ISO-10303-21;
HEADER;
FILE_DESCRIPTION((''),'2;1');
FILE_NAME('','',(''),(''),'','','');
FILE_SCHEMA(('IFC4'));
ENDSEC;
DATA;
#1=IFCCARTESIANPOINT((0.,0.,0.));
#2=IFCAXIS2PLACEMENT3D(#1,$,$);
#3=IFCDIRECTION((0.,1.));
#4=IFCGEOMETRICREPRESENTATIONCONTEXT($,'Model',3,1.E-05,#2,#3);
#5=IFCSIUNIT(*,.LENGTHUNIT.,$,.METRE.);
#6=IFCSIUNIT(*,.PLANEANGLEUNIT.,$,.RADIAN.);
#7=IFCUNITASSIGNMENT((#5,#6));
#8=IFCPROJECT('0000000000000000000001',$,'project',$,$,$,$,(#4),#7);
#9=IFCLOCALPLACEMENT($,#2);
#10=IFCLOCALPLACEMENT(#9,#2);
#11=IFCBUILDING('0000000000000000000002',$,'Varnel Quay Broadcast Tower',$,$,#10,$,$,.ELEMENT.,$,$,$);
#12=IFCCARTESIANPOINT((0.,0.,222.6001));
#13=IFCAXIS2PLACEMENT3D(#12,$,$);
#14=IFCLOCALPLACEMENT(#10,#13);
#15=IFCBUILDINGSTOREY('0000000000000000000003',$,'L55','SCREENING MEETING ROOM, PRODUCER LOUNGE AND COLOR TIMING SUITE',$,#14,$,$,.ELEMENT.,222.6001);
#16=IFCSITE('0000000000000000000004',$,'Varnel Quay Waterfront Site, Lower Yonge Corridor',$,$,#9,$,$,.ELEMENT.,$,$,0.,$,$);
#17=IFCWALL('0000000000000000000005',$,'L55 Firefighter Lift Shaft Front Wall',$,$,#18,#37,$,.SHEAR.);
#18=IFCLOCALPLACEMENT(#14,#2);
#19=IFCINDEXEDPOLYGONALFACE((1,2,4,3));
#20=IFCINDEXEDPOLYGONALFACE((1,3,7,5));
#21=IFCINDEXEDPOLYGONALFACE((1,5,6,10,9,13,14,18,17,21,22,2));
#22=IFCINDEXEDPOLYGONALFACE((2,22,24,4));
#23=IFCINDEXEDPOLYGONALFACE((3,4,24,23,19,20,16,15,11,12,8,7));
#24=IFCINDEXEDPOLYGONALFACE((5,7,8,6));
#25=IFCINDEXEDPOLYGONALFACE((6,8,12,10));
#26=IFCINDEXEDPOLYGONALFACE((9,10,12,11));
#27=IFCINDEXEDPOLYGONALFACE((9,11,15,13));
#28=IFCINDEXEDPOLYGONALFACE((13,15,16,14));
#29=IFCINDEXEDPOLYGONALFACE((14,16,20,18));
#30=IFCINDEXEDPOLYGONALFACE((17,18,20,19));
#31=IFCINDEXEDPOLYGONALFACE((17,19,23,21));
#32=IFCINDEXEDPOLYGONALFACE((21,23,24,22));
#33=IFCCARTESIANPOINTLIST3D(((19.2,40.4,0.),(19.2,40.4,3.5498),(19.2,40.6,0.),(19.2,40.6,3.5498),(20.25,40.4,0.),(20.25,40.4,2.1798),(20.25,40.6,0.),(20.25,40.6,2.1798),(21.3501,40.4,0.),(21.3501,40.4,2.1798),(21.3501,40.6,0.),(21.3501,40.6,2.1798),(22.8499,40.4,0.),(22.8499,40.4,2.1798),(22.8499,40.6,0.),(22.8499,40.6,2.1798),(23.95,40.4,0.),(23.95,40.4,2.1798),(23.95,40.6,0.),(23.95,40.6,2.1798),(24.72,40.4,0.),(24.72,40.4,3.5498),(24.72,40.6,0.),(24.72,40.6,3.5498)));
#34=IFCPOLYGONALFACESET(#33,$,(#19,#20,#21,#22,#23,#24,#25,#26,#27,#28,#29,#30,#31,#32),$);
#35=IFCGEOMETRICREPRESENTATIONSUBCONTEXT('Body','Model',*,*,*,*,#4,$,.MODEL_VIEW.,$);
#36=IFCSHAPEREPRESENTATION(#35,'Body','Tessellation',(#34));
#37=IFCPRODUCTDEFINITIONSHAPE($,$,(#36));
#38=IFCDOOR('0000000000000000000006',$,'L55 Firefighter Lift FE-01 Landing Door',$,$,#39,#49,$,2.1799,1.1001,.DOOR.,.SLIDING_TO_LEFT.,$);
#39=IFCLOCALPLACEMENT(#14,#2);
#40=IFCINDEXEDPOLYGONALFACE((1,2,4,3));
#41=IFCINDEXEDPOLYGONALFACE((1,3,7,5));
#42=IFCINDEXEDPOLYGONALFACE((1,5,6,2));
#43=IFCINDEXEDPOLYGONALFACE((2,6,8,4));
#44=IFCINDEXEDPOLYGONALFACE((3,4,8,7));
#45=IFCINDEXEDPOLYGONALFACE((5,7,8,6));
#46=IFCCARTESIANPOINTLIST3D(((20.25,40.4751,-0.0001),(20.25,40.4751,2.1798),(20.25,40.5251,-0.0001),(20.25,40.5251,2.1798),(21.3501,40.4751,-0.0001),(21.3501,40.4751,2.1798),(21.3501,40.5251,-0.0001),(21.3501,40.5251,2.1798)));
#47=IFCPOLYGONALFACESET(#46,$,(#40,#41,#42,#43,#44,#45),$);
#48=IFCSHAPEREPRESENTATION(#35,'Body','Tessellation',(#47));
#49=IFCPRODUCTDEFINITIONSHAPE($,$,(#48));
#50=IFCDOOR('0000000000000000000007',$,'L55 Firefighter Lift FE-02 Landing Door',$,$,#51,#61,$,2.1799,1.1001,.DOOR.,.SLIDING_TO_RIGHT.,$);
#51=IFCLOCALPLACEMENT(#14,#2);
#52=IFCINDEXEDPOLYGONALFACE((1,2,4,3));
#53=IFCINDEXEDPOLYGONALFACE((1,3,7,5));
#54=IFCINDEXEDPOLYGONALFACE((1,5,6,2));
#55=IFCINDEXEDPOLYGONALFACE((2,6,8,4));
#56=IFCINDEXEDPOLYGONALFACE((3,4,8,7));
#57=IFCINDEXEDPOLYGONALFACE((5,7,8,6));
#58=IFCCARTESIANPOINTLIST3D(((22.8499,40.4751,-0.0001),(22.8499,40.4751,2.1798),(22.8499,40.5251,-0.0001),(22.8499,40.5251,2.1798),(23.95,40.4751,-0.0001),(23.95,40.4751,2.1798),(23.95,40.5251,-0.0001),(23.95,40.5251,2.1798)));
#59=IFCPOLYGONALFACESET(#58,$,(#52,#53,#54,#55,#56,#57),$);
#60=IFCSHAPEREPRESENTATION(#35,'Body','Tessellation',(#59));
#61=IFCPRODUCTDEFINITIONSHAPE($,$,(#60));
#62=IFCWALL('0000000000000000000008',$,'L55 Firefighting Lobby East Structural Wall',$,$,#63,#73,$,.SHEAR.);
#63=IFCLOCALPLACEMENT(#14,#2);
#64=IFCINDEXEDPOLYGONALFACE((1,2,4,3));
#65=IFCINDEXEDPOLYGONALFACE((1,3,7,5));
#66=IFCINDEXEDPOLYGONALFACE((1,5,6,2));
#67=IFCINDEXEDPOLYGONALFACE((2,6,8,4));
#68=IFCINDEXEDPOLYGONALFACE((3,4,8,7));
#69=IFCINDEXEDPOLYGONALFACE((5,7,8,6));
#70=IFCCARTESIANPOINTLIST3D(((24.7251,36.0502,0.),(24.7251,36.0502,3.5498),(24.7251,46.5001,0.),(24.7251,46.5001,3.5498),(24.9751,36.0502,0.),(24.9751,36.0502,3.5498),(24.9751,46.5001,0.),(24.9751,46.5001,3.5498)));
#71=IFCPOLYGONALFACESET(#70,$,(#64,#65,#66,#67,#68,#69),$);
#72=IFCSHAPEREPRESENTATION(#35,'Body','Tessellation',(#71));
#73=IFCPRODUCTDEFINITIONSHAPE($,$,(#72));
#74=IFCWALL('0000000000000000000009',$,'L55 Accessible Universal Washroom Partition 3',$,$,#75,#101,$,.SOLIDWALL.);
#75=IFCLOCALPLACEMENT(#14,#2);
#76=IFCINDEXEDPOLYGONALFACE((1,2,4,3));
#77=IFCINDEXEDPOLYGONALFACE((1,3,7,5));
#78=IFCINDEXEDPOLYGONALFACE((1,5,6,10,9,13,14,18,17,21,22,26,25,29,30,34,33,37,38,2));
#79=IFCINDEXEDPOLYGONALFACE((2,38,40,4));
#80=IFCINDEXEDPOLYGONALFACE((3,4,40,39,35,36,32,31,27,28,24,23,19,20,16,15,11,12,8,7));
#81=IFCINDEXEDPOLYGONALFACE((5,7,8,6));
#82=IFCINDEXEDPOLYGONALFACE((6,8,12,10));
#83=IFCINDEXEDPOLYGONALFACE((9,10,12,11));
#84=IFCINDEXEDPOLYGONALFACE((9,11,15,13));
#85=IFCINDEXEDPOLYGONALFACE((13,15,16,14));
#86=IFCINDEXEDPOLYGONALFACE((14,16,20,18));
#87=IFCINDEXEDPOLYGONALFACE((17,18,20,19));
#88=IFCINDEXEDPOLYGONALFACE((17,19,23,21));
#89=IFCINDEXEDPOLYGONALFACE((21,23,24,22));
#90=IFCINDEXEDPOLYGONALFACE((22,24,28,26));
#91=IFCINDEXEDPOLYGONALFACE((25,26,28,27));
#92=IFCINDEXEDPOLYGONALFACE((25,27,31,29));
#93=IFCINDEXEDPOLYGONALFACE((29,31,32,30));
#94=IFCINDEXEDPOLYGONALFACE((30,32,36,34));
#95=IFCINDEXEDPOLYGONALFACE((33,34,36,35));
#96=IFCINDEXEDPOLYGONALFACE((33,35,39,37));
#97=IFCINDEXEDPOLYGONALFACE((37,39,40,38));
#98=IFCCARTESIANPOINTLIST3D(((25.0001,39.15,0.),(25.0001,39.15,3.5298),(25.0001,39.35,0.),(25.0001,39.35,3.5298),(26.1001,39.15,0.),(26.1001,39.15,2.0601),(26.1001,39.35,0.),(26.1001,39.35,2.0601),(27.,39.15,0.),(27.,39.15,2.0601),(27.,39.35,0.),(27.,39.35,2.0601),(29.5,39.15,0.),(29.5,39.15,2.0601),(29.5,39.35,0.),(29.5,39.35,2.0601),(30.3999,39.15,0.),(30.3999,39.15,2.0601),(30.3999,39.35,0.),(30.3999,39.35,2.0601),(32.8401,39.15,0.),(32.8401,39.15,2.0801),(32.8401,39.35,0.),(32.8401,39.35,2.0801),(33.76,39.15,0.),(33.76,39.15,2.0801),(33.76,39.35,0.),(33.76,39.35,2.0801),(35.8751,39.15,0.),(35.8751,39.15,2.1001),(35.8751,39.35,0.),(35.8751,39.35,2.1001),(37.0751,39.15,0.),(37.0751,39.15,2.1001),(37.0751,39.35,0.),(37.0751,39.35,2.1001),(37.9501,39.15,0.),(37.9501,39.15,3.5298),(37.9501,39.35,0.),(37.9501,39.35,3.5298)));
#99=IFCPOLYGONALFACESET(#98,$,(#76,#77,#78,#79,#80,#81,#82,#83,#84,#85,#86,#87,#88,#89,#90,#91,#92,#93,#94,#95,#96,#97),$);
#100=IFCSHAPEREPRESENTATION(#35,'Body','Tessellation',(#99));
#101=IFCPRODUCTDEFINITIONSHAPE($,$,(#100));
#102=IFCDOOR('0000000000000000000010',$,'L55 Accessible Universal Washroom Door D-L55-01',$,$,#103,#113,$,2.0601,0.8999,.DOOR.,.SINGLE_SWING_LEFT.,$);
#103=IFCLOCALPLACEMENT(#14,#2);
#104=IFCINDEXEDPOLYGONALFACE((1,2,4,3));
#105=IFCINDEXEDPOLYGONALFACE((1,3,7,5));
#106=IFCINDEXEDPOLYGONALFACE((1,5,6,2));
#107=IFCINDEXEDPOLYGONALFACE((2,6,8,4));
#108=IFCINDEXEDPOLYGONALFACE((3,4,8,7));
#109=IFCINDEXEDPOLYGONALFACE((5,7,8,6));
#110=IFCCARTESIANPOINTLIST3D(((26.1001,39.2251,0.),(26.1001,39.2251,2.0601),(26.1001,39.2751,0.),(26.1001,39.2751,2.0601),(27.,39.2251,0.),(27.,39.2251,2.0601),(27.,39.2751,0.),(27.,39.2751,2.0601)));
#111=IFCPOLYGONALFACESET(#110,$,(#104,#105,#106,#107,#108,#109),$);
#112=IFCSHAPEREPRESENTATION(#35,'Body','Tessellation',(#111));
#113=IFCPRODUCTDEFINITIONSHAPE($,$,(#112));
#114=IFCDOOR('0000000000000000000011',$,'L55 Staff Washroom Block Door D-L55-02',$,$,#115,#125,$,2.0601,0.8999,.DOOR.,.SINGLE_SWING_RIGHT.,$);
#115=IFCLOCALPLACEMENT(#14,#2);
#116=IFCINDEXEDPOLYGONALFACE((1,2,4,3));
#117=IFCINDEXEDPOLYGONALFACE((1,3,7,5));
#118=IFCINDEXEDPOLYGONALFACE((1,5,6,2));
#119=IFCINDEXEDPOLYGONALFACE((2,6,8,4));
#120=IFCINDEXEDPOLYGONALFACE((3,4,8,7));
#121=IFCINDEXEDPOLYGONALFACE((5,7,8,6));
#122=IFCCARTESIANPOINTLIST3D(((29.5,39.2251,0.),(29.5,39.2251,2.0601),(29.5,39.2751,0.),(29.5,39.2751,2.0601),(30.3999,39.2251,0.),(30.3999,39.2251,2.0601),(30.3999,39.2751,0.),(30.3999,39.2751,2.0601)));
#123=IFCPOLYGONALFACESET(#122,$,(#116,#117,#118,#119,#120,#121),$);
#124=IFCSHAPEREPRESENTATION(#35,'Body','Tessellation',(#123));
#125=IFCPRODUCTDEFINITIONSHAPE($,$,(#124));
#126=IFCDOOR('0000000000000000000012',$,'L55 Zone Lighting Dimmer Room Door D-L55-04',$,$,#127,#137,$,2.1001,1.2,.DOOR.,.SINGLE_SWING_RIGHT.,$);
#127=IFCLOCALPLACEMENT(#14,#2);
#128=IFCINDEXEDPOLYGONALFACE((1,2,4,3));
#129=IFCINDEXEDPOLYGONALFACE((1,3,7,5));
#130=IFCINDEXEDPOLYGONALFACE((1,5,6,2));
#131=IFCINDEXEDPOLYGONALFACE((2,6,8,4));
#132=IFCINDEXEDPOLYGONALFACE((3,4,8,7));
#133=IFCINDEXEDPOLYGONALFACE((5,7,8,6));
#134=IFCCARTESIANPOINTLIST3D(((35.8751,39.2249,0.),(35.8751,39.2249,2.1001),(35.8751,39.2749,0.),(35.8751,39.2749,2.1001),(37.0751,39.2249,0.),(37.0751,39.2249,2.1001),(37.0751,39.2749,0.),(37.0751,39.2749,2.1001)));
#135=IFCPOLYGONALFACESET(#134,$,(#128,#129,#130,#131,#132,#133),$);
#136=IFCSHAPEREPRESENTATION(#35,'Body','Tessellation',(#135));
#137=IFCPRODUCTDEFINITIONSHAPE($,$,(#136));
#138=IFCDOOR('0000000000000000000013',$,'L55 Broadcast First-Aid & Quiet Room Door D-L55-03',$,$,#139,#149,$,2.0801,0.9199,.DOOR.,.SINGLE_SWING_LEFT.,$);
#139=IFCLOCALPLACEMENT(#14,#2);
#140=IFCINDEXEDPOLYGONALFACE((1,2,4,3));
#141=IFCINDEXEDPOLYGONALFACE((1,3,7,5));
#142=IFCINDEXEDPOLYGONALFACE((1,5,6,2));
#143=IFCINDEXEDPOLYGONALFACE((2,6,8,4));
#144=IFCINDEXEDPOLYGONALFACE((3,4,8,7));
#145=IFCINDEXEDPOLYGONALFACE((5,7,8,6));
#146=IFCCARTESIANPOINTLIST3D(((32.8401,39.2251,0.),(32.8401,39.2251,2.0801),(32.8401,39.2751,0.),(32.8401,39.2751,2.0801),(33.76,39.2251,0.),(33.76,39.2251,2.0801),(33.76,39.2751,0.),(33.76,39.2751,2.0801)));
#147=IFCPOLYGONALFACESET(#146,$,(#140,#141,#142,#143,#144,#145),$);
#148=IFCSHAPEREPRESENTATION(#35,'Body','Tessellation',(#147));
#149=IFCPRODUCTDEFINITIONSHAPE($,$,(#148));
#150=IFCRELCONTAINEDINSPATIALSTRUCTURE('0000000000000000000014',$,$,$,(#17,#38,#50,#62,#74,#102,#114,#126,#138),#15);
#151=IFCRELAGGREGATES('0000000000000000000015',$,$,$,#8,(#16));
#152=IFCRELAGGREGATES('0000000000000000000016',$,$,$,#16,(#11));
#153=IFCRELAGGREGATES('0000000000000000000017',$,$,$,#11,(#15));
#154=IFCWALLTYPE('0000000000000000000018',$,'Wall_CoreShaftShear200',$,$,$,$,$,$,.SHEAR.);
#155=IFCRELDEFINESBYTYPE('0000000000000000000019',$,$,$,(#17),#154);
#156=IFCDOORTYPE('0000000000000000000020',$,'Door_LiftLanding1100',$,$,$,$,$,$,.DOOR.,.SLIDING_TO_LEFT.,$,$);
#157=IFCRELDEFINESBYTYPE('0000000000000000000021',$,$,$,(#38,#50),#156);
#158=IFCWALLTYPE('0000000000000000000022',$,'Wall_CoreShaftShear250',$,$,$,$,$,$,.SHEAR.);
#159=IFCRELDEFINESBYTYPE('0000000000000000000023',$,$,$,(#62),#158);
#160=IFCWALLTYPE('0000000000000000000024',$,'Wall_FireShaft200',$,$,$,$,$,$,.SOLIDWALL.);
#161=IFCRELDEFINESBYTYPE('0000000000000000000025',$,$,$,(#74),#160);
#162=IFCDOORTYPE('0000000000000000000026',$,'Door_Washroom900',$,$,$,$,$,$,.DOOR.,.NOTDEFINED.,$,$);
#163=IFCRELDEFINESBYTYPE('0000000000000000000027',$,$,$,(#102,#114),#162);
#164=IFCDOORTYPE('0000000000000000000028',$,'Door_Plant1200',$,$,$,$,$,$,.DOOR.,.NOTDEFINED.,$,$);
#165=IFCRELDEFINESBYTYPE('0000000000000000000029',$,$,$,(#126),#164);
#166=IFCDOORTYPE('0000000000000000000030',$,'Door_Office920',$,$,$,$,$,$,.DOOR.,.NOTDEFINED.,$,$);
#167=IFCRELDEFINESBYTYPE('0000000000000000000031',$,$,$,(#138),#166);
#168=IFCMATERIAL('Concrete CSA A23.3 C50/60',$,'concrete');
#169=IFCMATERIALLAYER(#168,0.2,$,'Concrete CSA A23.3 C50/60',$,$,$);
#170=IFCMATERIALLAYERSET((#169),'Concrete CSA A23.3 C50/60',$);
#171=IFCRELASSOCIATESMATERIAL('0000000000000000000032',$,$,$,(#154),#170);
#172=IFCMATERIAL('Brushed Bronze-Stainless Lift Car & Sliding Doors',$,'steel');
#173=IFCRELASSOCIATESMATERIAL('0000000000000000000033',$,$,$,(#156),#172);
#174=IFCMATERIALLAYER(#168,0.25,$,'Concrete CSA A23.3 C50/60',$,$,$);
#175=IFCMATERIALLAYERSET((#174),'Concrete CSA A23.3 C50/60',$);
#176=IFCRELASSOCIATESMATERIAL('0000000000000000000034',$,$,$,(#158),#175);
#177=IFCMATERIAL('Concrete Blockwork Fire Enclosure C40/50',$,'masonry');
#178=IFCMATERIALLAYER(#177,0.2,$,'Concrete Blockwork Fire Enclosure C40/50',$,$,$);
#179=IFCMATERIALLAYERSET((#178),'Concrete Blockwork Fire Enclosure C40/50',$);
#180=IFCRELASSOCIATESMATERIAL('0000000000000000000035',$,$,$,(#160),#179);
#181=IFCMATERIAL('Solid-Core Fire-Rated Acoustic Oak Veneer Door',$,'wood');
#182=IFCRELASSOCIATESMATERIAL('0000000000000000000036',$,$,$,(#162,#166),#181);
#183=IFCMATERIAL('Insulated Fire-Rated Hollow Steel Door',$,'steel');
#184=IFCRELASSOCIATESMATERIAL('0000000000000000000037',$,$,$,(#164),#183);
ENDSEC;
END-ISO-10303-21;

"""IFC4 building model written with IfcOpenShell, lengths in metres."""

from ifc_helpers import new_model, si_unit, direction, frame, frame_2d, origin, place, context, subcontext, project, spatial, rectangle, extrude, source, transform, mapped, material, layer, layer_set, type_object, type_shapes, element, fill, save


model = new_model("IFC4")

# Units and contexts
model_context = context("Model", 3, precision=1e-05, world=origin(), true_north=direction((0.0, 1.0)))
body_context = subcontext(model_context, "Body", "Model", "MODEL_VIEW")
ifc_project = project(units=[si_unit("LENGTHUNIT", "METRE"), si_unit("PLANEANGLEUNIT", "RADIAN")], contexts=[model_context])

# Site, building, storey
site_placement = place(None, origin())
site = spatial("IfcSite", under=ifc_project, at=site_placement, Name="Varnel Quay Waterfront Site, Lower Yonge Corridor", CompositionType="ELEMENT", RefElevation=0.0)
building_placement = place(site_placement, origin())
building = spatial("IfcBuilding", under=site, at=building_placement, Name="Varnel Quay Broadcast Tower", CompositionType="ELEMENT")
storey_placement = place(building_placement, frame((0.0, 0.0, 222.6001)))
storey = spatial("IfcBuildingStorey", under=building, at=storey_placement, Name="L55", Description="SCREENING MEETING ROOM, PRODUCER LOUNGE AND COLOR TIMING SUITE", CompositionType="ELEMENT", Elevation=222.6001)

# Wall, openings, doors
ifc_material_1 = material(Name="Concrete CSA A23.3 C50/60", Category="concrete")
ifc_layer_1 = layer(ifc_material_1, 0.2, Name="Concrete CSA A23.3 C50/60")
ifc_layer_set_1 = layer_set([ifc_layer_1], Name="Concrete CSA A23.3 C50/60")
wall_type_1 = type_object("IfcWallType", Name="Wall_CoreShaftShear200", PredefinedType="SHEAR", material=ifc_layer_set_1)
wall_1_placement = place(storey_placement, frame((19.2, 40.5, 0.0), z_axis=(0.0, 0.0, 1.0), x_axis=(1.0, 0.0, 0.0)))
wall_1 = element("IfcWall", 1, at=wall_1_placement, inside=storey, type_object=wall_type_1, Name="L55 Firefighter Lift Shaft Front Wall", PredefinedType="SHEAR", context=body_context, shape_type="SweptSolid", body=[
    extrude(rectangle(XDim=5.52, YDim=0.2, at=frame_2d((2.76, 0.0))), origin(), (0.0, 0.0, 1.0), 3.5498),
])
opening_1_placement = place(wall_1_placement, frame((1.05, 0.0, 0.0)))
opening_1 = element("IfcOpeningElement", 2, at=opening_1_placement, cuts=wall_1, PredefinedType="OPENING", context=body_context, shape_type="SweptSolid", body=[
    extrude(rectangle(XDim=1.1001, YDim=2.1799, at=frame_2d((0.55, 1.0898))), frame((0.0, 0.1099, 0.0), z_axis=(0.0, -1.0, 0.0), x_axis=(1.0, 0.0, 0.0)), (0.0, 0.0, 1.0), 0.22),
])
opening_2_placement = place(wall_1_placement, frame((3.6499, 0.0, 0.0)))
opening_2 = element("IfcOpeningElement", 3, at=opening_2_placement, cuts=wall_1, PredefinedType="OPENING", context=body_context, shape_type="SweptSolid", body=[
    extrude(rectangle(XDim=1.1001, YDim=2.1799, at=frame_2d((0.55, 1.0898))), frame((0.0, 0.1099, 0.0), z_axis=(0.0, -1.0, 0.0), x_axis=(1.0, 0.0, 0.0)), (0.0, 0.0, 1.0), 0.22),
])
ifc_material_2 = material(Name="Brushed Bronze-Stainless Lift Car & Sliding Doors", Category="steel")
door_type_1 = type_object("IfcDoorType", Name="Door_LiftLanding1100", OperationType="SLIDING_TO_LEFT", PredefinedType="DOOR", material=ifc_material_2)
shared_shape_1 = source(origin(), body_context, "Body", "SweptSolid", [
    extrude(rectangle(XDim=1.1001, YDim=2.1799, at=frame_2d((0.55, 1.0898))), frame((0.0, 0.0249, 0.0), z_axis=(0.0, -1.0, 0.0), x_axis=(1.0, 0.0, 0.0)), (0.0, 0.0, 1.0), 0.05),
])
type_shapes(door_type_1, [shared_shape_1])
door_1_placement = place(opening_1_placement, frame((1.1001, 0.0, 0.0), z_axis=(0.0, 0.0, 1.0), x_axis=(-1.0, 0.0, 0.0)))
door_1 = element("IfcDoor", 4, at=door_1_placement, inside=storey, type_object=door_type_1, Name="L55 Firefighter Lift FE-01 Landing Door", OperationType="SLIDING_TO_LEFT", OverallHeight=2.1799, OverallWidth=1.1001, PredefinedType="DOOR", context=body_context, shape_type="MappedRepresentation", body=[
    mapped(shared_shape_1, transform((0.0, 0.0, 0.0), x_axis=(1.0, 0.0, 0.0), y_axis=(0.0, 1.0, 0.0), z_axis=(0.0, 0.0, 1.0), scale=1.0)),
])
fill(opening_1, door_1)
door_2_placement = place(opening_2_placement, frame((1.1001, 0.0, 0.0), z_axis=(0.0, 0.0, 1.0), x_axis=(-1.0, 0.0, 0.0)))
door_2 = element("IfcDoor", 5, at=door_2_placement, inside=storey, type_object=door_type_1, Name="L55 Firefighter Lift FE-02 Landing Door", OperationType="SLIDING_TO_RIGHT", OverallHeight=2.1799, OverallWidth=1.1001, PredefinedType="DOOR", context=body_context, shape_type="MappedRepresentation", body=[
    mapped(shared_shape_1, transform((0.0, 0.0, 0.0), x_axis=(1.0, 0.0, 0.0), y_axis=(0.0, 1.0, 0.0), z_axis=(0.0, 0.0, 1.0), scale=1.0)),
])
fill(opening_2, door_2)

# Wall
ifc_layer_2 = layer(ifc_material_1, 0.25, Name="Concrete CSA A23.3 C50/60")
ifc_layer_set_2 = layer_set([ifc_layer_2], Name="Concrete CSA A23.3 C50/60")
wall_type_2 = type_object("IfcWallType", Name="Wall_CoreShaftShear250", PredefinedType="SHEAR", material=ifc_layer_set_2)
wall_2_placement = place(storey_placement, frame((24.8501, 36.05, 0.0), z_axis=(0.0, 0.0, 1.0), x_axis=(0.0, 1.0, 0.0)))
element("IfcWall", 6, at=wall_2_placement, inside=storey, type_object=wall_type_2, Name="L55 Firefighting Lobby East Structural Wall", PredefinedType="SHEAR", context=body_context, shape_type="SweptSolid", body=[
    extrude(rectangle(XDim=10.45, YDim=0.25, at=frame_2d((5.2251, 0.0))), origin(), (0.0, 0.0, 1.0), 3.5498),
])

# Wall, openings, doors
ifc_material_3 = material(Name="Concrete Blockwork Fire Enclosure C40/50", Category="masonry")
ifc_layer_3 = layer(ifc_material_3, 0.2, Name="Concrete Blockwork Fire Enclosure C40/50")
ifc_layer_set_3 = layer_set([ifc_layer_3], Name="Concrete Blockwork Fire Enclosure C40/50")
wall_type_3 = type_object("IfcWallType", Name="Wall_FireShaft200", PredefinedType="SOLIDWALL", material=ifc_layer_set_3)
wall_3_placement = place(storey_placement, frame((25.0, 39.25, 0.0), z_axis=(0.0, 0.0, 1.0), x_axis=(1.0, 0.0, 0.0)))
wall_3 = element("IfcWall", 7, at=wall_3_placement, inside=storey, type_object=wall_type_3, Name="L55 Accessible Universal Washroom Partition 3", PredefinedType="SOLIDWALL", context=body_context, shape_type="SweptSolid", body=[
    extrude(rectangle(XDim=12.95, YDim=0.2, at=frame_2d((6.4751, 0.0))), origin(), (0.0, 0.0, 1.0), 3.5298),
])
opening_3_placement = place(wall_3_placement, frame((1.1001, 0.0, 0.0)))
opening_3 = element("IfcOpeningElement", 8, at=opening_3_placement, cuts=wall_3, PredefinedType="OPENING", context=body_context, shape_type="SweptSolid", body=[
    extrude(rectangle(XDim=0.8999, YDim=2.0601, at=frame_2d((0.45, 1.03))), frame((0.0, 0.1099, 0.0), z_axis=(0.0, -1.0, 0.0), x_axis=(1.0, 0.0, 0.0)), (0.0, 0.0, 1.0), 0.22),
])
opening_4_placement = place(wall_3_placement, frame((4.5, 0.0, 0.0)))
opening_4 = element("IfcOpeningElement", 9, at=opening_4_placement, cuts=wall_3, PredefinedType="OPENING", context=body_context, shape_type="SweptSolid", body=[
    extrude(rectangle(XDim=0.8999, YDim=2.0601, at=frame_2d((0.45, 1.03))), frame((0.0, 0.1099, 0.0), z_axis=(0.0, -1.0, 0.0), x_axis=(1.0, 0.0, 0.0)), (0.0, 0.0, 1.0), 0.22),
])
opening_5_placement = place(wall_3_placement, frame((7.8401, 0.0, 0.0)))
opening_5 = element("IfcOpeningElement", 10, at=opening_5_placement, cuts=wall_3, PredefinedType="OPENING", context=body_context, shape_type="SweptSolid", body=[
    extrude(rectangle(XDim=0.9199, YDim=2.0801, at=frame_2d((0.46, 1.04))), frame((0.0, 0.1099, 0.0), z_axis=(0.0, -1.0, 0.0), x_axis=(1.0, 0.0, 0.0)), (0.0, 0.0, 1.0), 0.22),
])
opening_6_placement = place(wall_3_placement, frame((10.875, 0.0, 0.0)))
opening_6 = element("IfcOpeningElement", 11, at=opening_6_placement, cuts=wall_3, PredefinedType="OPENING", context=body_context, shape_type="SweptSolid", body=[
    extrude(rectangle(XDim=1.2, YDim=2.1001, at=frame_2d((0.6001, 1.05))), frame((0.0, 0.1099, 0.0), z_axis=(0.0, -1.0, 0.0), x_axis=(1.0, 0.0, 0.0)), (0.0, 0.0, 1.0), 0.22),
])
ifc_material_4 = material(Name="Solid-Core Fire-Rated Acoustic Oak Veneer Door", Category="wood")
door_type_2 = type_object("IfcDoorType", Name="Door_Washroom900", OperationType="NOTDEFINED", PredefinedType="DOOR", material=ifc_material_4)
shared_shape_2 = source(origin(), body_context, "Body", "SweptSolid", [
    extrude(rectangle(XDim=0.8999, YDim=2.0601, at=frame_2d((0.45, 1.03))), frame((0.0, 0.0249, 0.0), z_axis=(0.0, -1.0, 0.0), x_axis=(1.0, 0.0, 0.0)), (0.0, 0.0, 1.0), 0.05),
])
type_shapes(door_type_2, [shared_shape_2])
door_3_placement = place(opening_3_placement, frame((0.8999, 0.0, 0.0), z_axis=(0.0, 0.0, 1.0), x_axis=(-1.0, 0.0, 0.0)))
door_3 = element("IfcDoor", 12, at=door_3_placement, inside=storey, type_object=door_type_2, Name="L55 Accessible Universal Washroom Door D-L55-01", OperationType="SINGLE_SWING_LEFT", OverallHeight=2.0601, OverallWidth=0.8999, PredefinedType="DOOR", context=body_context, shape_type="MappedRepresentation", body=[
    mapped(shared_shape_2, transform((0.0, 0.0, 0.0), x_axis=(1.0, 0.0, 0.0), y_axis=(0.0, 1.0, 0.0), z_axis=(0.0, 0.0, 1.0), scale=1.0)),
])
fill(opening_3, door_3)
door_4_placement = place(opening_4_placement, frame((0.8999, 0.0, 0.0), z_axis=(0.0, 0.0, 1.0), x_axis=(-1.0, 0.0, 0.0)))
door_4 = element("IfcDoor", 13, at=door_4_placement, inside=storey, type_object=door_type_2, Name="L55 Staff Washroom Block Door D-L55-02", OperationType="SINGLE_SWING_RIGHT", OverallHeight=2.0601, OverallWidth=0.8999, PredefinedType="DOOR", context=body_context, shape_type="MappedRepresentation", body=[
    mapped(shared_shape_2, transform((0.0, 0.0, 0.0), x_axis=(1.0, 0.0, 0.0), y_axis=(0.0, 1.0, 0.0), z_axis=(0.0, 0.0, 1.0), scale=1.0)),
])
fill(opening_4, door_4)
ifc_material_5 = material(Name="Insulated Fire-Rated Hollow Steel Door", Category="steel")
door_type_3 = type_object("IfcDoorType", Name="Door_Plant1200", OperationType="NOTDEFINED", PredefinedType="DOOR", material=ifc_material_5)
shared_shape_3 = source(origin(), body_context, "Body", "SweptSolid", [
    extrude(rectangle(XDim=1.2, YDim=2.1001, at=frame_2d((0.6001, 1.05))), frame((0.0, 0.0249, 0.0), z_axis=(0.0, -1.0, 0.0), x_axis=(1.0, 0.0, 0.0)), (0.0, 0.0, 1.0), 0.05),
])
type_shapes(door_type_3, [shared_shape_3])
door_5_placement = place(opening_6_placement, origin())
door_5 = element("IfcDoor", 14, at=door_5_placement, inside=storey, type_object=door_type_3, Name="L55 Zone Lighting Dimmer Room Door D-L55-04", OperationType="SINGLE_SWING_RIGHT", OverallHeight=2.1001, OverallWidth=1.2, PredefinedType="DOOR", context=body_context, shape_type="MappedRepresentation", body=[
    mapped(shared_shape_3, transform((0.0, 0.0, 0.0), x_axis=(1.0, 0.0, 0.0), y_axis=(0.0, 1.0, 0.0), z_axis=(0.0, 0.0, 1.0), scale=1.0)),
])
fill(opening_6, door_5)
door_type_4 = type_object("IfcDoorType", Name="Door_Office920", OperationType="NOTDEFINED", PredefinedType="DOOR", material=ifc_material_4)
shared_shape_4 = source(origin(), body_context, "Body", "SweptSolid", [
    extrude(rectangle(XDim=0.9199, YDim=2.0801, at=frame_2d((0.46, 1.04))), frame((0.0, 0.0249, 0.0), z_axis=(0.0, -1.0, 0.0), x_axis=(1.0, 0.0, 0.0)), (0.0, 0.0, 1.0), 0.05),
])
type_shapes(door_type_4, [shared_shape_4])
door_6_placement = place(opening_5_placement, frame((0.9199, 0.0, 0.0), z_axis=(0.0, 0.0, 1.0), x_axis=(-1.0, 0.0, 0.0)))
door_6 = element("IfcDoor", 15, at=door_6_placement, inside=storey, type_object=door_type_4, Name="L55 Broadcast First-Aid & Quiet Room Door D-L55-03", OperationType="SINGLE_SWING_LEFT", OverallHeight=2.0801, OverallWidth=0.9199, PredefinedType="DOOR", context=body_context, shape_type="MappedRepresentation", body=[
    mapped(shared_shape_4, transform((0.0, 0.0, 0.0), x_axis=(1.0, 0.0, 0.0), y_axis=(0.0, 1.0, 0.0), z_axis=(0.0, 0.0, 1.0), scale=1.0)),
])
fill(opening_5, door_6)

save(model, "model.ifc")
